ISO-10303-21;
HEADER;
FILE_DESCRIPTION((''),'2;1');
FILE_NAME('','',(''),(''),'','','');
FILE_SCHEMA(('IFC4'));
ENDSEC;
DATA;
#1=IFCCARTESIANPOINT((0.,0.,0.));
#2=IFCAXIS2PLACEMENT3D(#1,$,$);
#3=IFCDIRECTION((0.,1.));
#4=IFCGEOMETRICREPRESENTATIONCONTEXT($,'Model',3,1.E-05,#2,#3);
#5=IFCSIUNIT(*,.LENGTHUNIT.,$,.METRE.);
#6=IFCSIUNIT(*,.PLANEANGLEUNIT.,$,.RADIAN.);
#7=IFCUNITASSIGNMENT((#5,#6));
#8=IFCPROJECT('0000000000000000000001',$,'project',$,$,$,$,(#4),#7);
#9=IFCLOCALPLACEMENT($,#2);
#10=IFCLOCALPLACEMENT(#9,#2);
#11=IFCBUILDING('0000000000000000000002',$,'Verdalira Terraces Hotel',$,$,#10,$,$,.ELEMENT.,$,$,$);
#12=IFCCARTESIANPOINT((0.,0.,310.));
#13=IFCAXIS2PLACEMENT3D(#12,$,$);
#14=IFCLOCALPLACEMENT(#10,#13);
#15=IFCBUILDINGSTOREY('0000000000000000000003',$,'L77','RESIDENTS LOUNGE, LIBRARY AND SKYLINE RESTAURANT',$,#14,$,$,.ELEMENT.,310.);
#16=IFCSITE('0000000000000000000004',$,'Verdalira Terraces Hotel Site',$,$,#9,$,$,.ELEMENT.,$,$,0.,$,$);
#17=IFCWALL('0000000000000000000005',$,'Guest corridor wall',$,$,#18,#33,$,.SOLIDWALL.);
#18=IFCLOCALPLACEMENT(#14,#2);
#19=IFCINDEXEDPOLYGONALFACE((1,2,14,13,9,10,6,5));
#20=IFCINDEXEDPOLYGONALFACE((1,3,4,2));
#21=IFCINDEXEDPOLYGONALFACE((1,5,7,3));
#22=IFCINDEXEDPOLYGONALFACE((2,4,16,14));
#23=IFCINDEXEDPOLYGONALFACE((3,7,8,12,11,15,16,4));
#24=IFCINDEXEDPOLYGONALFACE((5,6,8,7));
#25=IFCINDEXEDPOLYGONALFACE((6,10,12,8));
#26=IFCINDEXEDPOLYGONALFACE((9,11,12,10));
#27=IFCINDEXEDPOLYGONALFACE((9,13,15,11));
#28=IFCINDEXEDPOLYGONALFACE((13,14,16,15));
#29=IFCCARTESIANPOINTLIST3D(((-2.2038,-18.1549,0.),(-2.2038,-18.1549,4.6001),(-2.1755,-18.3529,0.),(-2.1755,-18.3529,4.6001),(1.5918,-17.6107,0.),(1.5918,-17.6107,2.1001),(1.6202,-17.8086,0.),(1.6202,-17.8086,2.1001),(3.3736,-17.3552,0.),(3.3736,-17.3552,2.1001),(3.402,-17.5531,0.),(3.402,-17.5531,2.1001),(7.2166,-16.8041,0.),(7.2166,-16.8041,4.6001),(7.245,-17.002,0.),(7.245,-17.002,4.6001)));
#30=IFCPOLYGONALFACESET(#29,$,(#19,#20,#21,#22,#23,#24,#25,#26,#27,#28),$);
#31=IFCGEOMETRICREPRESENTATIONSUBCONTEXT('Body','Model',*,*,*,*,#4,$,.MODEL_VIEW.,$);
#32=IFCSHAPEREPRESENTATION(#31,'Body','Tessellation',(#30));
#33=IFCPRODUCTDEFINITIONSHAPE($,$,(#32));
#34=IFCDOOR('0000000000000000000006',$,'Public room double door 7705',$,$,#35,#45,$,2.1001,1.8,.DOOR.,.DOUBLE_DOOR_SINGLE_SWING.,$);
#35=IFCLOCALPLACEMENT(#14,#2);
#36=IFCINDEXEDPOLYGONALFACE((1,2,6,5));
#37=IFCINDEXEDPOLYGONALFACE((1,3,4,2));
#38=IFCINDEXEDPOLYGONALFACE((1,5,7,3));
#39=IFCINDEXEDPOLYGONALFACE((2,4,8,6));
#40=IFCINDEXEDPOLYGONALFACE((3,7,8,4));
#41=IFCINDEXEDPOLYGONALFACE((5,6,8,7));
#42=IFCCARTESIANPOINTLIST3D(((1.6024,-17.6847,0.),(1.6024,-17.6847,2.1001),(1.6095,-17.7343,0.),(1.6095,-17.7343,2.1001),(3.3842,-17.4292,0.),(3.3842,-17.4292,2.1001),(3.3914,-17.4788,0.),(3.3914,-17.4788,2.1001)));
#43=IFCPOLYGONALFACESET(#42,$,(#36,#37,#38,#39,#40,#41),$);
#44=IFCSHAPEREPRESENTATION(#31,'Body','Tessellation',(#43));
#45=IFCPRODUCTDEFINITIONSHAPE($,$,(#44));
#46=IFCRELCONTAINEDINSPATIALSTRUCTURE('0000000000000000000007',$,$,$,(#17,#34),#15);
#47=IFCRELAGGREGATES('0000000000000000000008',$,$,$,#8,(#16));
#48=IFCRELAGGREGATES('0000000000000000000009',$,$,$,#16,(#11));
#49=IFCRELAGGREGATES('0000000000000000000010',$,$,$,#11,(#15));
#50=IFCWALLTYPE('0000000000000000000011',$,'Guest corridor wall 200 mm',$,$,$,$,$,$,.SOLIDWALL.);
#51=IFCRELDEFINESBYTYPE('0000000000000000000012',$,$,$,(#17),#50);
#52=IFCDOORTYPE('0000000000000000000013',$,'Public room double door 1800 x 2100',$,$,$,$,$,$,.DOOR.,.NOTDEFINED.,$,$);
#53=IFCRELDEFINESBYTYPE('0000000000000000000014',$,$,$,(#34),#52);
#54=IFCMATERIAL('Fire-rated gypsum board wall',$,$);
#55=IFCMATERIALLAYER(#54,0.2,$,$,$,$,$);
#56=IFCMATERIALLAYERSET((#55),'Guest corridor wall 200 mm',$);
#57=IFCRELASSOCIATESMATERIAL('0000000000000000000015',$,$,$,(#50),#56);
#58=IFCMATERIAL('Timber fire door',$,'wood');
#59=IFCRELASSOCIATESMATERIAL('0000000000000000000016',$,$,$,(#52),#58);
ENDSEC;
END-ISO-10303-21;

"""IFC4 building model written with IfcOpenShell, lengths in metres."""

from ifc_helpers import new_model, si_unit, direction, frame, frame_2d, origin, place, context, subcontext, project, spatial, rectangle, extrude, material, layer, layer_set, type_object, element, fill, save


model = new_model("IFC4")

# Units and contexts
model_context = context("Model", 3, precision=1e-05, world=origin(), true_north=direction((0.0, 1.0)))
body_context = subcontext(model_context, "Body", "Model", "MODEL_VIEW")
ifc_project = project(units=[si_unit("LENGTHUNIT", "METRE"), si_unit("PLANEANGLEUNIT", "RADIAN")], contexts=[model_context])

# Site, building, storey
site_placement = place(None, origin())
site = spatial("IfcSite", under=ifc_project, at=site_placement, Name="Verdalira Terraces Hotel Site", CompositionType="ELEMENT", RefElevation=0.0)
building_placement = place(site_placement, origin())
building = spatial("IfcBuilding", under=site, at=building_placement, Name="Verdalira Terraces Hotel", CompositionType="ELEMENT")
storey_placement = place(building_placement, frame((0.0, 0.0, 310.0)))
storey = spatial("IfcBuildingStorey", under=building, at=storey_placement, Name="L77", Description="RESIDENTS LOUNGE, LIBRARY AND SKYLINE RESTAURANT", CompositionType="ELEMENT", Elevation=310.0)

# Wall, opening, door
ifc_material_1 = material(Name="Fire-rated gypsum board wall")
ifc_layer_1 = layer(ifc_material_1, 0.2)
ifc_layer_set_1 = layer_set([ifc_layer_1], Name="Guest corridor wall 200 mm")
wall_type_1 = type_object("IfcWallType", Name="Guest corridor wall 200 mm", PredefinedType="SOLIDWALL", material=ifc_layer_set_1)
wall_1_placement = place(storey_placement, frame((7.2307, -16.9031, 0.0), z_axis=(0.0, 0.0, 1.0), x_axis=(-0.989875, -0.141942, 0.0)))
wall_1 = element("IfcWall", 1, at=wall_1_placement, inside=storey, type_object=wall_type_1, Name="Guest corridor wall", PredefinedType="SOLIDWALL", context=body_context, shape_type="SweptSolid", body=[
    extrude(rectangle(XDim=9.5168, YDim=0.2, at=frame_2d((4.7583, 0.0))), origin(), (0.0, 0.0, 1.0), 4.6001),
])
opening_1_placement = place(wall_1_placement, frame((3.8823, 0.0, 0.0)))
opening_1 = element("IfcOpeningElement", 2, at=opening_1_placement, cuts=wall_1, PredefinedType="OPENING", context=body_context, shape_type="SweptSolid", body=[
    extrude(rectangle(XDim=1.8, YDim=2.1001, at=frame_2d((0.8999, 1.05))), frame((0.0, 0.1099, 0.0), z_axis=(0.0, -1.0, 0.0), x_axis=(1.0, 0.0, 0.0)), (0.0, 0.0, 1.0), 0.22),
])
ifc_material_2 = material(Name="Timber fire door", Category="wood")
door_type_1 = type_object("IfcDoorType", Name="Public room double door 1800 x 2100", OperationType="NOTDEFINED", PredefinedType="DOOR", material=ifc_material_2)
door_1_placement = place(opening_1_placement, origin())
door_1 = element("IfcDoor", 3, at=door_1_placement, inside=storey, type_object=door_type_1, Name="Public room double door 7705", OperationType="DOUBLE_DOOR_SINGLE_SWING", OverallHeight=2.1001, OverallWidth=1.8, PredefinedType="DOOR", context=body_context, shape_type="SweptSolid", body=[
    extrude(rectangle(XDim=1.8, YDim=2.1001, at=frame_2d((0.8999, 1.05))), frame((0.0, 0.0249, 0.0), z_axis=(0.0, -1.0, 0.0), x_axis=(1.0, 0.0, 0.0)), (0.0, 0.0, 1.0), 0.05),
])
fill(opening_1, door_1)

save(model, "model.ifc")
